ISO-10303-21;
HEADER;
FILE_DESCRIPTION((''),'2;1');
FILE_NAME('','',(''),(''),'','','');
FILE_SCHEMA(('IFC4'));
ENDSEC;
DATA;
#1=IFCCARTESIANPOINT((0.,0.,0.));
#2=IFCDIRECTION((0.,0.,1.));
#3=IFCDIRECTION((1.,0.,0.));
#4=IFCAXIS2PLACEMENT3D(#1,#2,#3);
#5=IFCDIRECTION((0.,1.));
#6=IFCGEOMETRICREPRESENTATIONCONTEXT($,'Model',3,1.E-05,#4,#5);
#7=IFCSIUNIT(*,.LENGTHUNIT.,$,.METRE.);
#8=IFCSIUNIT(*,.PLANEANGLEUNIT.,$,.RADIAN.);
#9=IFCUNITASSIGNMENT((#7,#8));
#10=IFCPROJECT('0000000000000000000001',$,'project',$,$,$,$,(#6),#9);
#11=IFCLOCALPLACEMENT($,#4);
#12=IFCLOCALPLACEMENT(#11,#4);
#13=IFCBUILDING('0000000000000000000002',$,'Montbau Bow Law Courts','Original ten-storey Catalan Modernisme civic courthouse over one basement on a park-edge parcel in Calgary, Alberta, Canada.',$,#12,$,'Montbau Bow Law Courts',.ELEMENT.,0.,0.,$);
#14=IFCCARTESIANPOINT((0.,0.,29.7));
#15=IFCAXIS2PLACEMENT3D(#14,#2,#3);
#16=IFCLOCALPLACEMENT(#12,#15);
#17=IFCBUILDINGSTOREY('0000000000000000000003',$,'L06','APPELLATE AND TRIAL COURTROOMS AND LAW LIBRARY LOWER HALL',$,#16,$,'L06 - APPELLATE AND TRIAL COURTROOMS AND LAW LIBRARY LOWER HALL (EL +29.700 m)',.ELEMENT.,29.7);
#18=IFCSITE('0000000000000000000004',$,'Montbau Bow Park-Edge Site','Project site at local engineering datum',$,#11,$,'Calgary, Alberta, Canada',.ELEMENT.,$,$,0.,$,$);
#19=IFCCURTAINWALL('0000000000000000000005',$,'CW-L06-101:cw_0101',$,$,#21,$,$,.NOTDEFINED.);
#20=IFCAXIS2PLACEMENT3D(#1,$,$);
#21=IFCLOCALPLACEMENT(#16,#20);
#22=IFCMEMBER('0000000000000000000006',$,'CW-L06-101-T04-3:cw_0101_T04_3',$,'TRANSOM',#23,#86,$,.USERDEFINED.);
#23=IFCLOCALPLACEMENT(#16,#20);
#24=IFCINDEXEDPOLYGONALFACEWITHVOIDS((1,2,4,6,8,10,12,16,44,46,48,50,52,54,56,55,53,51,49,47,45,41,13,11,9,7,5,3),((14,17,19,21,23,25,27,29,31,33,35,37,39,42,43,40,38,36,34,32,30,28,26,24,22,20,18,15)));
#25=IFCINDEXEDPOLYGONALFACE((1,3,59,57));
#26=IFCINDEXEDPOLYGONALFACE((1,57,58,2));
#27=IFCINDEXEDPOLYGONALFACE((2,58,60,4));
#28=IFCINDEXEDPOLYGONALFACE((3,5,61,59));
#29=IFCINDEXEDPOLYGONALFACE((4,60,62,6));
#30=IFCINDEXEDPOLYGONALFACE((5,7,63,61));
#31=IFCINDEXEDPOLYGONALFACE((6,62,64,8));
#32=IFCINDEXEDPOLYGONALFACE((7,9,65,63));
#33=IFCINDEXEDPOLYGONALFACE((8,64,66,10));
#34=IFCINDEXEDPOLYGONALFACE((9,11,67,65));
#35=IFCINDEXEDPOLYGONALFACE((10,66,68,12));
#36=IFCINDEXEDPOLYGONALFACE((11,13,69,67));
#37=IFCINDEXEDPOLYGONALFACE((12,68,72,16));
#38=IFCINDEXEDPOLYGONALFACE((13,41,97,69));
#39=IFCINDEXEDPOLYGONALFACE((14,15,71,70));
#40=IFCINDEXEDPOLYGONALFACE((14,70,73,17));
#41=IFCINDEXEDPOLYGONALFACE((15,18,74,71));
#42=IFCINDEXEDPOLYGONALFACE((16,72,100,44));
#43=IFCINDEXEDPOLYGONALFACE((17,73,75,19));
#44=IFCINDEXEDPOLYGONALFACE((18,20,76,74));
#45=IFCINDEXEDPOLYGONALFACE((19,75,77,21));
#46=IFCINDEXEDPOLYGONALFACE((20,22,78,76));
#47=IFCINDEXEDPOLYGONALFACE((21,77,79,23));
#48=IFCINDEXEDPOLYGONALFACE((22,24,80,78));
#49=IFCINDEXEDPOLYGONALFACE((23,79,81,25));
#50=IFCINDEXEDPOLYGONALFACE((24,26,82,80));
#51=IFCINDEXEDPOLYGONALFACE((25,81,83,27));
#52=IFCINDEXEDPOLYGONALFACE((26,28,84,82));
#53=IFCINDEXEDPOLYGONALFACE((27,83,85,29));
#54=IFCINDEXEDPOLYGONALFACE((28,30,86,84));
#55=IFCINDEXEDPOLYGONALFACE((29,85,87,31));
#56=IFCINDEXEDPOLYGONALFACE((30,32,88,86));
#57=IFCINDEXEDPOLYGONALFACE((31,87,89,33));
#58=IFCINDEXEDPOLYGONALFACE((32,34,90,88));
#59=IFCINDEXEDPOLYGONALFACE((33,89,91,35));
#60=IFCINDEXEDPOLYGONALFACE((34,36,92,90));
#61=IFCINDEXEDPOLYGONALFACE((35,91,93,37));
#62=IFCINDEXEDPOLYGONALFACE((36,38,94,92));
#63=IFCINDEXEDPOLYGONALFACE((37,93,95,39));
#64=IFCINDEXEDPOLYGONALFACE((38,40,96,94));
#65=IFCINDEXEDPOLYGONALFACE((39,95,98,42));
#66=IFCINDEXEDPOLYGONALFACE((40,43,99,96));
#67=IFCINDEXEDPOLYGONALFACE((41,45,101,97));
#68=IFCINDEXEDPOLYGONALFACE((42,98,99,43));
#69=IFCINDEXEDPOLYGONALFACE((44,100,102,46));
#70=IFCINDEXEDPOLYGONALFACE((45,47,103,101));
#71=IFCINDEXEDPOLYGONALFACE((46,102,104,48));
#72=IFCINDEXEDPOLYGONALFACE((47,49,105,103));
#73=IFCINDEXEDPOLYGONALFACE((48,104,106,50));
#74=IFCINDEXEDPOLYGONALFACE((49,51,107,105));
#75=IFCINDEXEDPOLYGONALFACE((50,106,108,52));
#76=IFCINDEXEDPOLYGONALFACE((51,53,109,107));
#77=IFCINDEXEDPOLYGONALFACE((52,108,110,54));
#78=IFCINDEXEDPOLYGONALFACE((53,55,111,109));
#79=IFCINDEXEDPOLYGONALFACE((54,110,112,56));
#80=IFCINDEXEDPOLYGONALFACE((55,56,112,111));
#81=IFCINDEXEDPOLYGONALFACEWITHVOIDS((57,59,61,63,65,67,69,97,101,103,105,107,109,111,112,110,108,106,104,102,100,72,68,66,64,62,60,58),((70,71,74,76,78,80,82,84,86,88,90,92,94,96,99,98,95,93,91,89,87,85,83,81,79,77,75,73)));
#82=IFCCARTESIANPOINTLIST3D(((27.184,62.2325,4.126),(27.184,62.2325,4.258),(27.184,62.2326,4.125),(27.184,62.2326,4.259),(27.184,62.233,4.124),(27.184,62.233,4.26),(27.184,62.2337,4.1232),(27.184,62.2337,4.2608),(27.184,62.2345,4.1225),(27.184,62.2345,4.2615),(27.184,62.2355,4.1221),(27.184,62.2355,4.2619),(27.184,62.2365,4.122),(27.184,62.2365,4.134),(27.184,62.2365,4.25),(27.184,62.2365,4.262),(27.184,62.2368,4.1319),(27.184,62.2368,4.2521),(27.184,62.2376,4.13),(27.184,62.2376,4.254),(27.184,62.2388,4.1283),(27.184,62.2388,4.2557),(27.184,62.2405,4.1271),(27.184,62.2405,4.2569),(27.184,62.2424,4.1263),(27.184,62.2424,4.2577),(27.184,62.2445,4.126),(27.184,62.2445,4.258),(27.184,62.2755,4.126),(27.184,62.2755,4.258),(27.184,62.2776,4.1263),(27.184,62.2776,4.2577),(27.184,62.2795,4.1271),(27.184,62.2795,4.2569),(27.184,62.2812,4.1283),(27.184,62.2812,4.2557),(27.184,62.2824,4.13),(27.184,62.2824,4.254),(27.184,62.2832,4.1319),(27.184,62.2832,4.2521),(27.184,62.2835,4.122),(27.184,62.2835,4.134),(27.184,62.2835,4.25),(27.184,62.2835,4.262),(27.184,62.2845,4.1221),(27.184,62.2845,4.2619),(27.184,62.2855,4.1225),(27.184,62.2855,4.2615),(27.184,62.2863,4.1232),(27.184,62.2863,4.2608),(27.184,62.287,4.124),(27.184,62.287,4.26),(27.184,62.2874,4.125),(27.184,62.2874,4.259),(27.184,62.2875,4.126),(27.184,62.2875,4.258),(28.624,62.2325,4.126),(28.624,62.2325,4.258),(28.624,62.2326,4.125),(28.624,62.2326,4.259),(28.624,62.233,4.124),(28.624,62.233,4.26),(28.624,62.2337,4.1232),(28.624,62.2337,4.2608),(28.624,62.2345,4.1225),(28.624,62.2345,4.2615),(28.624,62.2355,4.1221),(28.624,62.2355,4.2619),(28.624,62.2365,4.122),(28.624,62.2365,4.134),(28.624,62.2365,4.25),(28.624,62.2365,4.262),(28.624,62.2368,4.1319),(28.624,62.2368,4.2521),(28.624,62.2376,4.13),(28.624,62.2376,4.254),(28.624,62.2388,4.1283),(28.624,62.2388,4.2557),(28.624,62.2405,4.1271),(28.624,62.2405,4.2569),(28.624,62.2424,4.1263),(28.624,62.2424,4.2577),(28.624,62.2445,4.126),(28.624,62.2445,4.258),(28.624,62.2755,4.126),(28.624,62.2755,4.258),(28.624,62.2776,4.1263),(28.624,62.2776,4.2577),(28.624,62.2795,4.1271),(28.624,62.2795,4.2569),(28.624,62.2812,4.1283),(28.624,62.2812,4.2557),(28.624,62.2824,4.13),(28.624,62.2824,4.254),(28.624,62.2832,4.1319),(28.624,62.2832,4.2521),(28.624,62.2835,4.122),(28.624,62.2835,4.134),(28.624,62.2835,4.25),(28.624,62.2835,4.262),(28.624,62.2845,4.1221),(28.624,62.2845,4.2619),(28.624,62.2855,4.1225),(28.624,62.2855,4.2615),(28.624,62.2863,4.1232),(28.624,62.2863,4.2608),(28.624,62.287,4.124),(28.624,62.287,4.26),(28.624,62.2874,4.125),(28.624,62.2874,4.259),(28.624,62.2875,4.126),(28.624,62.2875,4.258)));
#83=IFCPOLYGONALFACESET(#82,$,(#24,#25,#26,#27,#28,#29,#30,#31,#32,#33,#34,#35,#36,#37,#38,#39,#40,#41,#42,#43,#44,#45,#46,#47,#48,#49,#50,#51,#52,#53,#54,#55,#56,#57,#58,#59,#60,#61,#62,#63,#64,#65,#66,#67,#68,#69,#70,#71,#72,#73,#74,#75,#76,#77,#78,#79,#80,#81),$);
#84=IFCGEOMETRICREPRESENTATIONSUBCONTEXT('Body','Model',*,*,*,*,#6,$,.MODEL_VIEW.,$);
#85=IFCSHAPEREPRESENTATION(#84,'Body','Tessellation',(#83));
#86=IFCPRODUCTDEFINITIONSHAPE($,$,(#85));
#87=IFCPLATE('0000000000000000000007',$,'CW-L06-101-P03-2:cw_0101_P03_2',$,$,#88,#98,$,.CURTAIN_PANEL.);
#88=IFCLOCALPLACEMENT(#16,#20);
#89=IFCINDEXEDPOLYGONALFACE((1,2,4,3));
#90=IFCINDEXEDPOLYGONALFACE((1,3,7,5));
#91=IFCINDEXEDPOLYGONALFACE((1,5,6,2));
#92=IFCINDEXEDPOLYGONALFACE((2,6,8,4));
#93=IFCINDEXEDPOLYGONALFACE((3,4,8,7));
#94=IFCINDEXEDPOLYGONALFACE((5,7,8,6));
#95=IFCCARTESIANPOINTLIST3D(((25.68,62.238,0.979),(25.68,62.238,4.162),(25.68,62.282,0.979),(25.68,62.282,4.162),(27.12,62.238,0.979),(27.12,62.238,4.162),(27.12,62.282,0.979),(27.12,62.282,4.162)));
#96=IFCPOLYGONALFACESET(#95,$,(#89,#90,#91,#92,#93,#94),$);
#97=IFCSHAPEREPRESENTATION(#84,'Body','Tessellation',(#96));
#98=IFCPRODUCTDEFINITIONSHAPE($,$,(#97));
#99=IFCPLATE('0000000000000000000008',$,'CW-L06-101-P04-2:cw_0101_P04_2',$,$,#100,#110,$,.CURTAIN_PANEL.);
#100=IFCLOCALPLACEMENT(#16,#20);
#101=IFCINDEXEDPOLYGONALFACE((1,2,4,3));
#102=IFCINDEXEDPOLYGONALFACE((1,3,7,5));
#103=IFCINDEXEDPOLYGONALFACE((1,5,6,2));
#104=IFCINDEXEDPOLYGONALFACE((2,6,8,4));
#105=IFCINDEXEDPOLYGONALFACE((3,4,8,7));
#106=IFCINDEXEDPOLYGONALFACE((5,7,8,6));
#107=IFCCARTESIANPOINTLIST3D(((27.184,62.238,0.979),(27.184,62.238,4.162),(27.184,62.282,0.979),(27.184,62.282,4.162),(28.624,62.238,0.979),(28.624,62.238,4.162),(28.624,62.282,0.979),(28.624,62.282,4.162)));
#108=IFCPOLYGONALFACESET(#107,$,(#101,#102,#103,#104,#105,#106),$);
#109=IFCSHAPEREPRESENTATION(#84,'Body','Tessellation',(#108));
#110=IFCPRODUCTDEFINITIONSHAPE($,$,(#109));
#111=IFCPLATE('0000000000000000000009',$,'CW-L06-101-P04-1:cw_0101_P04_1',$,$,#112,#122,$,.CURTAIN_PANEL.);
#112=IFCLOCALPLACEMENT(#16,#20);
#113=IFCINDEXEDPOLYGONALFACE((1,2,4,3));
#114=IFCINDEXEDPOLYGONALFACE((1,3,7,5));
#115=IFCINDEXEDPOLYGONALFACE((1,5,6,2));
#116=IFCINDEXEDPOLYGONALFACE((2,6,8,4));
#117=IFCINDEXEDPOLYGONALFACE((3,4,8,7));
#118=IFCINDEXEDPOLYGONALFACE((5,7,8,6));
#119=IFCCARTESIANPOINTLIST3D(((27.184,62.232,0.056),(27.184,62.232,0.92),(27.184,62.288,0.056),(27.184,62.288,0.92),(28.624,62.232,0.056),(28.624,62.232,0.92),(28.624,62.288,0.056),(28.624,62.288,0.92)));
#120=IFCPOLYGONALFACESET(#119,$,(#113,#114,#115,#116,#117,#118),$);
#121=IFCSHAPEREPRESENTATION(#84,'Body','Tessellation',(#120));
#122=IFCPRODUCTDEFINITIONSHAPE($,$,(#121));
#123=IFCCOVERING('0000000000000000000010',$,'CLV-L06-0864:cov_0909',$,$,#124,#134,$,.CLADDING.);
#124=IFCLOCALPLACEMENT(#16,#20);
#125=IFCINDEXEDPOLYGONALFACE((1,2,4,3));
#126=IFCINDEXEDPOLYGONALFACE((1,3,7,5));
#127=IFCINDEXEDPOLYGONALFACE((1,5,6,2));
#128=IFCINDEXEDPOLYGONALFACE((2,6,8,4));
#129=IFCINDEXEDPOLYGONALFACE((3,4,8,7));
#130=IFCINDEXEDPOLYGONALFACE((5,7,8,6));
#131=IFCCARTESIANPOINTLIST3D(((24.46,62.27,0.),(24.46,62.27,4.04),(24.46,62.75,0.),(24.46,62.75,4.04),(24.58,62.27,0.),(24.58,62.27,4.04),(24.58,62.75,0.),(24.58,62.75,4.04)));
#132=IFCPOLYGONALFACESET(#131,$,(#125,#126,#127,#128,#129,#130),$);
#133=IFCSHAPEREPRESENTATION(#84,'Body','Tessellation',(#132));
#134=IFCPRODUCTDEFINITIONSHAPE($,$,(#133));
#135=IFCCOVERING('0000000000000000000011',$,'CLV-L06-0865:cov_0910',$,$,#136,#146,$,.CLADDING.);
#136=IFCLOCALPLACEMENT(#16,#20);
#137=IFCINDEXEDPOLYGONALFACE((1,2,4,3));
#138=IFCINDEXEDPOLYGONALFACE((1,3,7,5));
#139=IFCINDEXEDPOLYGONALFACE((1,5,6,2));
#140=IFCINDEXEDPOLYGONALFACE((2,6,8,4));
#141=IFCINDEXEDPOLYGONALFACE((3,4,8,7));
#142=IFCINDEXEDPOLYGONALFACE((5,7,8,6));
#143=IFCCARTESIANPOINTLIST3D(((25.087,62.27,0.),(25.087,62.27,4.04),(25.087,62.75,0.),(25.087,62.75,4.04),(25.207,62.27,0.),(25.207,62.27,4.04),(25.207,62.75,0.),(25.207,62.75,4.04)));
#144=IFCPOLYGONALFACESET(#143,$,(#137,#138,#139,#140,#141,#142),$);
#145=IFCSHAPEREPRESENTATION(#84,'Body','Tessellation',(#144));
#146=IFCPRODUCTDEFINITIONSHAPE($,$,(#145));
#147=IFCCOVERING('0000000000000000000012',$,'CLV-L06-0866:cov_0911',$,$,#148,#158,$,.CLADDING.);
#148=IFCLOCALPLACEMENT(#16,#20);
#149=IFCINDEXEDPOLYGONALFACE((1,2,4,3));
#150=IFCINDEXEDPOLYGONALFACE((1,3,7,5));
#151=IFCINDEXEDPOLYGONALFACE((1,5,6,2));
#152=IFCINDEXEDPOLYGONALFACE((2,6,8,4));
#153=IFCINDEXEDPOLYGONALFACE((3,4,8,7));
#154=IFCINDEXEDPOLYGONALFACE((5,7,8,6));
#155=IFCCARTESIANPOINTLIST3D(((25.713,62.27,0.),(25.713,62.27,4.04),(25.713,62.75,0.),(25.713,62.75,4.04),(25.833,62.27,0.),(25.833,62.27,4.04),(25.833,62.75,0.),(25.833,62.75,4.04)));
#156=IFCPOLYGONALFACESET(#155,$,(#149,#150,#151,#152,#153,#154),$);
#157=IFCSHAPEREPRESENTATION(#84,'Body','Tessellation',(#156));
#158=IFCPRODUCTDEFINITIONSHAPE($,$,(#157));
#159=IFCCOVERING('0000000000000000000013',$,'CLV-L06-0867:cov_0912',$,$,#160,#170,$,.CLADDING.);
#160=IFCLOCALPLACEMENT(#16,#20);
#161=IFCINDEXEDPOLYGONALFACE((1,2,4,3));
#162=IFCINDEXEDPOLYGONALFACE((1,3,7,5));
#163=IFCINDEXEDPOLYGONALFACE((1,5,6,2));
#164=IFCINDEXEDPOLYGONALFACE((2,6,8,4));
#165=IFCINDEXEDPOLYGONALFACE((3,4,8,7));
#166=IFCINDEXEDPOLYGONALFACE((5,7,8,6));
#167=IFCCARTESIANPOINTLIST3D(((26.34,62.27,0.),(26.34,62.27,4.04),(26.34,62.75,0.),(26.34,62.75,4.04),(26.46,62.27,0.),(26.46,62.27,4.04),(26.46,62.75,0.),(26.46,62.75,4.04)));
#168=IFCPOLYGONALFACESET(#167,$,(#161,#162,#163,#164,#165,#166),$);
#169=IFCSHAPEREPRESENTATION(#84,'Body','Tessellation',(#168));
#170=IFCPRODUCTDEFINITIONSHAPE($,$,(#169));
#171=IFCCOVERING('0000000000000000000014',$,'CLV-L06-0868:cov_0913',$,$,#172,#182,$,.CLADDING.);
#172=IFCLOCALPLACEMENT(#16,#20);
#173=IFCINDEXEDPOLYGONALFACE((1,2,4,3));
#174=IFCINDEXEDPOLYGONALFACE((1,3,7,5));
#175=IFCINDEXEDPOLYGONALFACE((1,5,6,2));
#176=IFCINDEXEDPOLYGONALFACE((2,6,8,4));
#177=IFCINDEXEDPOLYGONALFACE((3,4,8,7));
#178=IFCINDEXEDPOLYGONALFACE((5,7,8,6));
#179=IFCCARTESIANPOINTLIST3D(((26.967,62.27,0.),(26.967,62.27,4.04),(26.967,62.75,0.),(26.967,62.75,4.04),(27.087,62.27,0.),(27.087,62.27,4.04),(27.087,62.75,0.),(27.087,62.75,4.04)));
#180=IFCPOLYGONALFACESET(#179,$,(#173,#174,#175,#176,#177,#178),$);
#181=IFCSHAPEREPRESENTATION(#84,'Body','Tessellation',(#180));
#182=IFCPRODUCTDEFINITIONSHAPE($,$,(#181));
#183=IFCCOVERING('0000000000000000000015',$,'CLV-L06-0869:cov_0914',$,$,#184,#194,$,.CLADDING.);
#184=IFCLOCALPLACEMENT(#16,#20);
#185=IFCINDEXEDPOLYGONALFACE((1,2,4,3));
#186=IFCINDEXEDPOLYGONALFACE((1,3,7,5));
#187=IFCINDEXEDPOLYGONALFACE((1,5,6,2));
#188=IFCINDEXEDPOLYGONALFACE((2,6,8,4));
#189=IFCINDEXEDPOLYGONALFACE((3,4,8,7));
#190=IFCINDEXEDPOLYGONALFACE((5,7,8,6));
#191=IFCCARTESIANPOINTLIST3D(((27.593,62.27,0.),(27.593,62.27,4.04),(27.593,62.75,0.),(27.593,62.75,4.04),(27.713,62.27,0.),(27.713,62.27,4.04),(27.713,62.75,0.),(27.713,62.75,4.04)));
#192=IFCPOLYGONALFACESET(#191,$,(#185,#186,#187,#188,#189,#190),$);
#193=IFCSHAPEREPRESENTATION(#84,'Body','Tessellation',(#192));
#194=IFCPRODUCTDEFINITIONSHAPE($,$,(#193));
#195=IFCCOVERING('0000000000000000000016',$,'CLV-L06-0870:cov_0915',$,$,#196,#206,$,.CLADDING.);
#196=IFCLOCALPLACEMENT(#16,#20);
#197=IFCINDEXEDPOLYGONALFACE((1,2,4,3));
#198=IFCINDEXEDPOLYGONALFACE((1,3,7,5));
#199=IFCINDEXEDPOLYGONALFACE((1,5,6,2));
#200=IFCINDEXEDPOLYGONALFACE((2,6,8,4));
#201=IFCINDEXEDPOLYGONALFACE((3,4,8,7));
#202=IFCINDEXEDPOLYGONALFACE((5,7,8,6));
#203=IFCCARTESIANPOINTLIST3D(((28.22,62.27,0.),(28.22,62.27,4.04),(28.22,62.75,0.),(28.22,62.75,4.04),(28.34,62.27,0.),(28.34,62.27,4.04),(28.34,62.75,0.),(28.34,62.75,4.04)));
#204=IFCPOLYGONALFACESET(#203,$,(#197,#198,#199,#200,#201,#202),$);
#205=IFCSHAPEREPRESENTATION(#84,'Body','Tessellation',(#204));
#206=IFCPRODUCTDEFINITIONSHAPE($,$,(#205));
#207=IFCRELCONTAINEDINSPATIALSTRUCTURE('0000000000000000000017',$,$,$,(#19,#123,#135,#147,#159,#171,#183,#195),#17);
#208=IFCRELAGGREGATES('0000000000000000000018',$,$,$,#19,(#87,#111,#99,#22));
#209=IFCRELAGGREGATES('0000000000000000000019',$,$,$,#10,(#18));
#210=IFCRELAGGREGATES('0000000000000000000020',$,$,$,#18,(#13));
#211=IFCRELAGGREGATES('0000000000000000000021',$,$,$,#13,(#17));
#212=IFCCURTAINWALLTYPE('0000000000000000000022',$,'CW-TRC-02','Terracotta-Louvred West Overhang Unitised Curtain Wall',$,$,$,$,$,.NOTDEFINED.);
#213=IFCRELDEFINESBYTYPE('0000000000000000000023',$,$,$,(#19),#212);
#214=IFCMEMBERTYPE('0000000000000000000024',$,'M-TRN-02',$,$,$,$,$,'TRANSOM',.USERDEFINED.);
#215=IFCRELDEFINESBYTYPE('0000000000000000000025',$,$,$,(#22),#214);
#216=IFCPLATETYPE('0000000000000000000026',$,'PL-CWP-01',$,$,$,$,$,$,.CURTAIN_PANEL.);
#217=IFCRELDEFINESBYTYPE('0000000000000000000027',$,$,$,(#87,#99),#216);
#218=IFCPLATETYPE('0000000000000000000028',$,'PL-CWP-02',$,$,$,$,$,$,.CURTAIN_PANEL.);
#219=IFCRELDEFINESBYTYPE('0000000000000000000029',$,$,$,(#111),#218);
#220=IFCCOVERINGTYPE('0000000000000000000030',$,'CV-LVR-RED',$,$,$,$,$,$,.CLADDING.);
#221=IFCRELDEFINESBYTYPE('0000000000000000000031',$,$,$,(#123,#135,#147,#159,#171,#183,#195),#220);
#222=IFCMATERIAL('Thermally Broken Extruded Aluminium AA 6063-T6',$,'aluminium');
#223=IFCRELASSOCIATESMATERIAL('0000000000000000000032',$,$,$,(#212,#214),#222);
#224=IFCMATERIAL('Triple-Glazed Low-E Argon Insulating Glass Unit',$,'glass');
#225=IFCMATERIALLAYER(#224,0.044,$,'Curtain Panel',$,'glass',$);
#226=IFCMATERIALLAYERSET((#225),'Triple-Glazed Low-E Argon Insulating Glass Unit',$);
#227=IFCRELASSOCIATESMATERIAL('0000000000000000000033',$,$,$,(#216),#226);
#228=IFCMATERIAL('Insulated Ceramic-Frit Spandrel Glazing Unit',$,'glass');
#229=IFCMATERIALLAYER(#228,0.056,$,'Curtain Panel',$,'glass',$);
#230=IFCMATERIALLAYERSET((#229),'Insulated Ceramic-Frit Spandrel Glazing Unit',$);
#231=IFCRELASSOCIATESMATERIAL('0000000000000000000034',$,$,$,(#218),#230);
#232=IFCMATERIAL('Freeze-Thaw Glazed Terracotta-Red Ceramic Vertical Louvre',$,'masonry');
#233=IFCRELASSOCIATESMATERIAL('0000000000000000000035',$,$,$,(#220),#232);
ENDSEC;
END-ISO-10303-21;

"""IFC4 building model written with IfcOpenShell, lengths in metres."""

from ifc_helpers import new_model, si_unit, direction, frame, frame_2d, origin_with_axes, origin_2d_with_axis, place, context, subcontext, project, spatial, rectangle, hollow_rectangle, extrude, material, layer, layer_set, material_profile, profile_set, type_object, element, aggregate, save


model = new_model("IFC4")

# Units and contexts
model_context = context("Model", 3, precision=1e-05, world=origin_with_axes(), true_north=direction((0.0, 1.0)))
body_context = subcontext(model_context, "Body", "Model", "MODEL_VIEW")
ifc_project = project(units=[si_unit("LENGTHUNIT", "METRE"), si_unit("PLANEANGLEUNIT", "RADIAN")], contexts=[model_context])

# Site, building, storey
site_placement = place(None, origin_with_axes())
site = spatial("IfcSite", under=ifc_project, at=site_placement, Name="Montbau Bow Park-Edge Site", Description="Project site at local engineering datum", LongName="Calgary, Alberta, Canada", CompositionType="ELEMENT", RefElevation=0.0)
building_placement = place(site_placement, origin_with_axes())
building = spatial("IfcBuilding", under=site, at=building_placement, Name="Montbau Bow Law Courts", Description="Original ten-storey Catalan Modernisme civic courthouse over one basement on a park-edge parcel in Calgary, Alberta, Canada.", LongName="Montbau Bow Law Courts", CompositionType="ELEMENT", ElevationOfRefHeight=0.0, ElevationOfTerrain=0.0)
storey_placement = place(building_placement, frame((0.0, 0.0, 29.7), z_axis=(0.0, 0.0, 1.0), x_axis=(1.0, 0.0, 0.0)))
storey = spatial("IfcBuildingStorey", under=building, at=storey_placement, Name="L06", Description="APPELLATE AND TRIAL COURTROOMS AND LAW LIBRARY LOWER HALL", LongName="L06 - APPELLATE AND TRIAL COURTROOMS AND LAW LIBRARY LOWER HALL (EL +29.700 m)", CompositionType="ELEMENT", Elevation=29.7)

# Curtain wall, member, plates
ifc_material_1 = material(Name="Thermally Broken Extruded Aluminium AA 6063-T6", Category="aluminium")
curtain_wall_type = type_object("IfcCurtainWallType", Name="CW-TRC-02", Description="Terracotta-Louvred West Overhang Unitised Curtain Wall", PredefinedType="NOTDEFINED", material=ifc_material_1)
curtain_wall_placement = place(None, frame((22.64, 62.26, 29.7), z_axis=(0.0, 0.0, 1.0), x_axis=(1.0, 0.0, 0.0)))
curtain_wall = element("IfcCurtainWall", 1, at=curtain_wall_placement, inside=storey, type_object=curtain_wall_type, Name="CW-L06-101:cw_0101", PredefinedType="NOTDEFINED")
ifc_material_profile_1 = material_profile(ifc_material_1, hollow_rectangle(XDim=0.055, YDim=0.14, WallThickness=0.004, InnerFilletRadius=0.008, OuterFilletRadius=0.004, at=origin_2d_with_axis()), Name="CWT-140X55", Category="Main", Priority=0)
ifc_profile_set_1 = profile_set([ifc_material_profile_1], Name="Thermally Broken Extruded Aluminium AA 6063-T6")
member_type_1 = type_object("IfcMemberType", Name="M-TRN-02", ElementType="TRANSOM", PredefinedType="USERDEFINED", material=ifc_profile_set_1)
member_1_placement = place(None, frame((27.184, 62.26, 33.892), z_axis=(1.0, 0.0, 0.0), x_axis=(0.0, 1.0, 0.0)))
member_1 = element("IfcMember", 2, at=member_1_placement, type_object=member_type_1, Name="CW-L06-101-T04-3:cw_0101_T04_3", ObjectType="TRANSOM", PredefinedType="USERDEFINED", context=body_context, shape_type="SweptSolid", body=[
    extrude(hollow_rectangle(XDim=0.055, YDim=0.14, WallThickness=0.004, InnerFilletRadius=0.008, OuterFilletRadius=0.004, at=origin_2d_with_axis()), origin_with_axes(), (0.0, 0.0, 1.0), 1.44),
])
ifc_material_2 = material(Name="Triple-Glazed Low-E Argon Insulating Glass Unit", Category="glass")
ifc_layer_1 = layer(ifc_material_2, 0.044, Name="Curtain Panel", Category="glass")
ifc_layer_set_1 = layer_set([ifc_layer_1], Name="Triple-Glazed Low-E Argon Insulating Glass Unit")
plate_type_1 = type_object("IfcPlateType", Name="PL-CWP-01", PredefinedType="CURTAIN_PANEL", material=ifc_layer_set_1)
plate_1_placement = place(None, frame((25.68, 62.26, 30.679), z_axis=(0.0, -1.0, 0.0), x_axis=(1.0, 0.0, 0.0)))
plate_1 = element("IfcPlate", 3, at=plate_1_placement, type_object=plate_type_1, Name="CW-L06-101-P03-2:cw_0101_P03_2", PredefinedType="CURTAIN_PANEL", context=body_context, shape_type="SweptSolid", body=[
    extrude(rectangle(XDim=1.44, YDim=3.183, at=frame_2d((0.72, 1.5915), x_axis=(1.0, 0.0))), frame((0.0, 0.0, -0.022), z_axis=(0.0, 0.0, 1.0), x_axis=(1.0, 0.0, 0.0)), (0.0, 0.0, 1.0), 0.044),
])
plate_2_placement = place(None, frame((27.184, 62.26, 30.679), z_axis=(0.0, -1.0, 0.0), x_axis=(1.0, 0.0, 0.0)))
plate_2 = element("IfcPlate", 4, at=plate_2_placement, type_object=plate_type_1, Name="CW-L06-101-P04-2:cw_0101_P04_2", PredefinedType="CURTAIN_PANEL", context=body_context, shape_type="SweptSolid", body=[
    extrude(rectangle(XDim=1.44, YDim=3.183, at=frame_2d((0.72, 1.5915), x_axis=(1.0, 0.0))), frame((0.0, 0.0, -0.022), z_axis=(0.0, 0.0, 1.0), x_axis=(1.0, 0.0, 0.0)), (0.0, 0.0, 1.0), 0.044),
])
ifc_material_3 = material(Name="Insulated Ceramic-Frit Spandrel Glazing Unit", Category="glass")
ifc_layer_2 = layer(ifc_material_3, 0.056, Name="Curtain Panel", Category="glass")
ifc_layer_set_2 = layer_set([ifc_layer_2], Name="Insulated Ceramic-Frit Spandrel Glazing Unit")
plate_type_2 = type_object("IfcPlateType", Name="PL-CWP-02", PredefinedType="CURTAIN_PANEL", material=ifc_layer_set_2)
plate_3_placement = place(None, frame((27.184, 62.26, 29.756), z_axis=(0.0, -1.0, 0.0), x_axis=(1.0, 0.0, 0.0)))
plate_3 = element("IfcPlate", 5, at=plate_3_placement, type_object=plate_type_2, Name="CW-L06-101-P04-1:cw_0101_P04_1", PredefinedType="CURTAIN_PANEL", context=body_context, shape_type="SweptSolid", body=[
    extrude(rectangle(XDim=1.44, YDim=0.864, at=frame_2d((0.72, 0.432), x_axis=(1.0, 0.0))), frame((0.0, 0.0, -0.028), z_axis=(0.0, 0.0, 1.0), x_axis=(1.0, 0.0, 0.0)), (0.0, 0.0, 1.0), 0.056),
])
aggregate(curtain_wall, [plate_1, plate_3, plate_2, member_1])

# Coverings
ifc_material_4 = material(Name="Freeze-Thaw Glazed Terracotta-Red Ceramic Vertical Louvre", Category="masonry")
covering_type = type_object("IfcCoveringType", Name="CV-LVR-RED", PredefinedType="CLADDING", material=ifc_material_4)
for number, where, z_axis, x_axis, name in (
    (6, (24.52, 62.27, 29.7), (1.0, 0.0, 0.0), (0.0, 1.0, 0.0), "CLV-L06-0864:cov_0909"),
    (7, (25.147, 62.27, 29.7), (1.0, 0.0, 0.0), (0.0, 1.0, 0.0), "CLV-L06-0865:cov_0910"),
    (8, (25.773, 62.27, 29.7), (1.0, 0.0, 0.0), (0.0, 1.0, 0.0), "CLV-L06-0866:cov_0911"),
    (9, (26.4, 62.27, 29.7), (1.0, 0.0, 0.0), (0.0, 1.0, 0.0), "CLV-L06-0867:cov_0912"),
    (10, (27.027, 62.27, 29.7), (1.0, 0.0, 0.0), (0.0, 1.0, 0.0), "CLV-L06-0868:cov_0913"),
    (11, (27.653, 62.27, 29.7), (1.0, 0.0, 0.0), (0.0, 1.0, 0.0), "CLV-L06-0869:cov_0914"),
    (12, (28.28, 62.27, 29.7), (1.0, 0.0, 0.0), (0.0, 1.0, 0.0), "CLV-L06-0870:cov_0915"),
):
    element("IfcCovering", number, at=place(None, frame(where, z_axis=z_axis, x_axis=x_axis)), inside=storey, type_object=covering_type, Name=name, PredefinedType="CLADDING", context=body_context, shape_type="SweptSolid", body=[
        extrude(rectangle(XDim=0.48, YDim=4.04, at=frame_2d((0.24, 2.02), x_axis=(1.0, 0.0))), frame((0.0, 0.0, -0.06), z_axis=(0.0, 0.0, 1.0), x_axis=(1.0, 0.0, 0.0)), (0.0, 0.0, 1.0), 0.12),
    ])

save(model, "model.ifc")
